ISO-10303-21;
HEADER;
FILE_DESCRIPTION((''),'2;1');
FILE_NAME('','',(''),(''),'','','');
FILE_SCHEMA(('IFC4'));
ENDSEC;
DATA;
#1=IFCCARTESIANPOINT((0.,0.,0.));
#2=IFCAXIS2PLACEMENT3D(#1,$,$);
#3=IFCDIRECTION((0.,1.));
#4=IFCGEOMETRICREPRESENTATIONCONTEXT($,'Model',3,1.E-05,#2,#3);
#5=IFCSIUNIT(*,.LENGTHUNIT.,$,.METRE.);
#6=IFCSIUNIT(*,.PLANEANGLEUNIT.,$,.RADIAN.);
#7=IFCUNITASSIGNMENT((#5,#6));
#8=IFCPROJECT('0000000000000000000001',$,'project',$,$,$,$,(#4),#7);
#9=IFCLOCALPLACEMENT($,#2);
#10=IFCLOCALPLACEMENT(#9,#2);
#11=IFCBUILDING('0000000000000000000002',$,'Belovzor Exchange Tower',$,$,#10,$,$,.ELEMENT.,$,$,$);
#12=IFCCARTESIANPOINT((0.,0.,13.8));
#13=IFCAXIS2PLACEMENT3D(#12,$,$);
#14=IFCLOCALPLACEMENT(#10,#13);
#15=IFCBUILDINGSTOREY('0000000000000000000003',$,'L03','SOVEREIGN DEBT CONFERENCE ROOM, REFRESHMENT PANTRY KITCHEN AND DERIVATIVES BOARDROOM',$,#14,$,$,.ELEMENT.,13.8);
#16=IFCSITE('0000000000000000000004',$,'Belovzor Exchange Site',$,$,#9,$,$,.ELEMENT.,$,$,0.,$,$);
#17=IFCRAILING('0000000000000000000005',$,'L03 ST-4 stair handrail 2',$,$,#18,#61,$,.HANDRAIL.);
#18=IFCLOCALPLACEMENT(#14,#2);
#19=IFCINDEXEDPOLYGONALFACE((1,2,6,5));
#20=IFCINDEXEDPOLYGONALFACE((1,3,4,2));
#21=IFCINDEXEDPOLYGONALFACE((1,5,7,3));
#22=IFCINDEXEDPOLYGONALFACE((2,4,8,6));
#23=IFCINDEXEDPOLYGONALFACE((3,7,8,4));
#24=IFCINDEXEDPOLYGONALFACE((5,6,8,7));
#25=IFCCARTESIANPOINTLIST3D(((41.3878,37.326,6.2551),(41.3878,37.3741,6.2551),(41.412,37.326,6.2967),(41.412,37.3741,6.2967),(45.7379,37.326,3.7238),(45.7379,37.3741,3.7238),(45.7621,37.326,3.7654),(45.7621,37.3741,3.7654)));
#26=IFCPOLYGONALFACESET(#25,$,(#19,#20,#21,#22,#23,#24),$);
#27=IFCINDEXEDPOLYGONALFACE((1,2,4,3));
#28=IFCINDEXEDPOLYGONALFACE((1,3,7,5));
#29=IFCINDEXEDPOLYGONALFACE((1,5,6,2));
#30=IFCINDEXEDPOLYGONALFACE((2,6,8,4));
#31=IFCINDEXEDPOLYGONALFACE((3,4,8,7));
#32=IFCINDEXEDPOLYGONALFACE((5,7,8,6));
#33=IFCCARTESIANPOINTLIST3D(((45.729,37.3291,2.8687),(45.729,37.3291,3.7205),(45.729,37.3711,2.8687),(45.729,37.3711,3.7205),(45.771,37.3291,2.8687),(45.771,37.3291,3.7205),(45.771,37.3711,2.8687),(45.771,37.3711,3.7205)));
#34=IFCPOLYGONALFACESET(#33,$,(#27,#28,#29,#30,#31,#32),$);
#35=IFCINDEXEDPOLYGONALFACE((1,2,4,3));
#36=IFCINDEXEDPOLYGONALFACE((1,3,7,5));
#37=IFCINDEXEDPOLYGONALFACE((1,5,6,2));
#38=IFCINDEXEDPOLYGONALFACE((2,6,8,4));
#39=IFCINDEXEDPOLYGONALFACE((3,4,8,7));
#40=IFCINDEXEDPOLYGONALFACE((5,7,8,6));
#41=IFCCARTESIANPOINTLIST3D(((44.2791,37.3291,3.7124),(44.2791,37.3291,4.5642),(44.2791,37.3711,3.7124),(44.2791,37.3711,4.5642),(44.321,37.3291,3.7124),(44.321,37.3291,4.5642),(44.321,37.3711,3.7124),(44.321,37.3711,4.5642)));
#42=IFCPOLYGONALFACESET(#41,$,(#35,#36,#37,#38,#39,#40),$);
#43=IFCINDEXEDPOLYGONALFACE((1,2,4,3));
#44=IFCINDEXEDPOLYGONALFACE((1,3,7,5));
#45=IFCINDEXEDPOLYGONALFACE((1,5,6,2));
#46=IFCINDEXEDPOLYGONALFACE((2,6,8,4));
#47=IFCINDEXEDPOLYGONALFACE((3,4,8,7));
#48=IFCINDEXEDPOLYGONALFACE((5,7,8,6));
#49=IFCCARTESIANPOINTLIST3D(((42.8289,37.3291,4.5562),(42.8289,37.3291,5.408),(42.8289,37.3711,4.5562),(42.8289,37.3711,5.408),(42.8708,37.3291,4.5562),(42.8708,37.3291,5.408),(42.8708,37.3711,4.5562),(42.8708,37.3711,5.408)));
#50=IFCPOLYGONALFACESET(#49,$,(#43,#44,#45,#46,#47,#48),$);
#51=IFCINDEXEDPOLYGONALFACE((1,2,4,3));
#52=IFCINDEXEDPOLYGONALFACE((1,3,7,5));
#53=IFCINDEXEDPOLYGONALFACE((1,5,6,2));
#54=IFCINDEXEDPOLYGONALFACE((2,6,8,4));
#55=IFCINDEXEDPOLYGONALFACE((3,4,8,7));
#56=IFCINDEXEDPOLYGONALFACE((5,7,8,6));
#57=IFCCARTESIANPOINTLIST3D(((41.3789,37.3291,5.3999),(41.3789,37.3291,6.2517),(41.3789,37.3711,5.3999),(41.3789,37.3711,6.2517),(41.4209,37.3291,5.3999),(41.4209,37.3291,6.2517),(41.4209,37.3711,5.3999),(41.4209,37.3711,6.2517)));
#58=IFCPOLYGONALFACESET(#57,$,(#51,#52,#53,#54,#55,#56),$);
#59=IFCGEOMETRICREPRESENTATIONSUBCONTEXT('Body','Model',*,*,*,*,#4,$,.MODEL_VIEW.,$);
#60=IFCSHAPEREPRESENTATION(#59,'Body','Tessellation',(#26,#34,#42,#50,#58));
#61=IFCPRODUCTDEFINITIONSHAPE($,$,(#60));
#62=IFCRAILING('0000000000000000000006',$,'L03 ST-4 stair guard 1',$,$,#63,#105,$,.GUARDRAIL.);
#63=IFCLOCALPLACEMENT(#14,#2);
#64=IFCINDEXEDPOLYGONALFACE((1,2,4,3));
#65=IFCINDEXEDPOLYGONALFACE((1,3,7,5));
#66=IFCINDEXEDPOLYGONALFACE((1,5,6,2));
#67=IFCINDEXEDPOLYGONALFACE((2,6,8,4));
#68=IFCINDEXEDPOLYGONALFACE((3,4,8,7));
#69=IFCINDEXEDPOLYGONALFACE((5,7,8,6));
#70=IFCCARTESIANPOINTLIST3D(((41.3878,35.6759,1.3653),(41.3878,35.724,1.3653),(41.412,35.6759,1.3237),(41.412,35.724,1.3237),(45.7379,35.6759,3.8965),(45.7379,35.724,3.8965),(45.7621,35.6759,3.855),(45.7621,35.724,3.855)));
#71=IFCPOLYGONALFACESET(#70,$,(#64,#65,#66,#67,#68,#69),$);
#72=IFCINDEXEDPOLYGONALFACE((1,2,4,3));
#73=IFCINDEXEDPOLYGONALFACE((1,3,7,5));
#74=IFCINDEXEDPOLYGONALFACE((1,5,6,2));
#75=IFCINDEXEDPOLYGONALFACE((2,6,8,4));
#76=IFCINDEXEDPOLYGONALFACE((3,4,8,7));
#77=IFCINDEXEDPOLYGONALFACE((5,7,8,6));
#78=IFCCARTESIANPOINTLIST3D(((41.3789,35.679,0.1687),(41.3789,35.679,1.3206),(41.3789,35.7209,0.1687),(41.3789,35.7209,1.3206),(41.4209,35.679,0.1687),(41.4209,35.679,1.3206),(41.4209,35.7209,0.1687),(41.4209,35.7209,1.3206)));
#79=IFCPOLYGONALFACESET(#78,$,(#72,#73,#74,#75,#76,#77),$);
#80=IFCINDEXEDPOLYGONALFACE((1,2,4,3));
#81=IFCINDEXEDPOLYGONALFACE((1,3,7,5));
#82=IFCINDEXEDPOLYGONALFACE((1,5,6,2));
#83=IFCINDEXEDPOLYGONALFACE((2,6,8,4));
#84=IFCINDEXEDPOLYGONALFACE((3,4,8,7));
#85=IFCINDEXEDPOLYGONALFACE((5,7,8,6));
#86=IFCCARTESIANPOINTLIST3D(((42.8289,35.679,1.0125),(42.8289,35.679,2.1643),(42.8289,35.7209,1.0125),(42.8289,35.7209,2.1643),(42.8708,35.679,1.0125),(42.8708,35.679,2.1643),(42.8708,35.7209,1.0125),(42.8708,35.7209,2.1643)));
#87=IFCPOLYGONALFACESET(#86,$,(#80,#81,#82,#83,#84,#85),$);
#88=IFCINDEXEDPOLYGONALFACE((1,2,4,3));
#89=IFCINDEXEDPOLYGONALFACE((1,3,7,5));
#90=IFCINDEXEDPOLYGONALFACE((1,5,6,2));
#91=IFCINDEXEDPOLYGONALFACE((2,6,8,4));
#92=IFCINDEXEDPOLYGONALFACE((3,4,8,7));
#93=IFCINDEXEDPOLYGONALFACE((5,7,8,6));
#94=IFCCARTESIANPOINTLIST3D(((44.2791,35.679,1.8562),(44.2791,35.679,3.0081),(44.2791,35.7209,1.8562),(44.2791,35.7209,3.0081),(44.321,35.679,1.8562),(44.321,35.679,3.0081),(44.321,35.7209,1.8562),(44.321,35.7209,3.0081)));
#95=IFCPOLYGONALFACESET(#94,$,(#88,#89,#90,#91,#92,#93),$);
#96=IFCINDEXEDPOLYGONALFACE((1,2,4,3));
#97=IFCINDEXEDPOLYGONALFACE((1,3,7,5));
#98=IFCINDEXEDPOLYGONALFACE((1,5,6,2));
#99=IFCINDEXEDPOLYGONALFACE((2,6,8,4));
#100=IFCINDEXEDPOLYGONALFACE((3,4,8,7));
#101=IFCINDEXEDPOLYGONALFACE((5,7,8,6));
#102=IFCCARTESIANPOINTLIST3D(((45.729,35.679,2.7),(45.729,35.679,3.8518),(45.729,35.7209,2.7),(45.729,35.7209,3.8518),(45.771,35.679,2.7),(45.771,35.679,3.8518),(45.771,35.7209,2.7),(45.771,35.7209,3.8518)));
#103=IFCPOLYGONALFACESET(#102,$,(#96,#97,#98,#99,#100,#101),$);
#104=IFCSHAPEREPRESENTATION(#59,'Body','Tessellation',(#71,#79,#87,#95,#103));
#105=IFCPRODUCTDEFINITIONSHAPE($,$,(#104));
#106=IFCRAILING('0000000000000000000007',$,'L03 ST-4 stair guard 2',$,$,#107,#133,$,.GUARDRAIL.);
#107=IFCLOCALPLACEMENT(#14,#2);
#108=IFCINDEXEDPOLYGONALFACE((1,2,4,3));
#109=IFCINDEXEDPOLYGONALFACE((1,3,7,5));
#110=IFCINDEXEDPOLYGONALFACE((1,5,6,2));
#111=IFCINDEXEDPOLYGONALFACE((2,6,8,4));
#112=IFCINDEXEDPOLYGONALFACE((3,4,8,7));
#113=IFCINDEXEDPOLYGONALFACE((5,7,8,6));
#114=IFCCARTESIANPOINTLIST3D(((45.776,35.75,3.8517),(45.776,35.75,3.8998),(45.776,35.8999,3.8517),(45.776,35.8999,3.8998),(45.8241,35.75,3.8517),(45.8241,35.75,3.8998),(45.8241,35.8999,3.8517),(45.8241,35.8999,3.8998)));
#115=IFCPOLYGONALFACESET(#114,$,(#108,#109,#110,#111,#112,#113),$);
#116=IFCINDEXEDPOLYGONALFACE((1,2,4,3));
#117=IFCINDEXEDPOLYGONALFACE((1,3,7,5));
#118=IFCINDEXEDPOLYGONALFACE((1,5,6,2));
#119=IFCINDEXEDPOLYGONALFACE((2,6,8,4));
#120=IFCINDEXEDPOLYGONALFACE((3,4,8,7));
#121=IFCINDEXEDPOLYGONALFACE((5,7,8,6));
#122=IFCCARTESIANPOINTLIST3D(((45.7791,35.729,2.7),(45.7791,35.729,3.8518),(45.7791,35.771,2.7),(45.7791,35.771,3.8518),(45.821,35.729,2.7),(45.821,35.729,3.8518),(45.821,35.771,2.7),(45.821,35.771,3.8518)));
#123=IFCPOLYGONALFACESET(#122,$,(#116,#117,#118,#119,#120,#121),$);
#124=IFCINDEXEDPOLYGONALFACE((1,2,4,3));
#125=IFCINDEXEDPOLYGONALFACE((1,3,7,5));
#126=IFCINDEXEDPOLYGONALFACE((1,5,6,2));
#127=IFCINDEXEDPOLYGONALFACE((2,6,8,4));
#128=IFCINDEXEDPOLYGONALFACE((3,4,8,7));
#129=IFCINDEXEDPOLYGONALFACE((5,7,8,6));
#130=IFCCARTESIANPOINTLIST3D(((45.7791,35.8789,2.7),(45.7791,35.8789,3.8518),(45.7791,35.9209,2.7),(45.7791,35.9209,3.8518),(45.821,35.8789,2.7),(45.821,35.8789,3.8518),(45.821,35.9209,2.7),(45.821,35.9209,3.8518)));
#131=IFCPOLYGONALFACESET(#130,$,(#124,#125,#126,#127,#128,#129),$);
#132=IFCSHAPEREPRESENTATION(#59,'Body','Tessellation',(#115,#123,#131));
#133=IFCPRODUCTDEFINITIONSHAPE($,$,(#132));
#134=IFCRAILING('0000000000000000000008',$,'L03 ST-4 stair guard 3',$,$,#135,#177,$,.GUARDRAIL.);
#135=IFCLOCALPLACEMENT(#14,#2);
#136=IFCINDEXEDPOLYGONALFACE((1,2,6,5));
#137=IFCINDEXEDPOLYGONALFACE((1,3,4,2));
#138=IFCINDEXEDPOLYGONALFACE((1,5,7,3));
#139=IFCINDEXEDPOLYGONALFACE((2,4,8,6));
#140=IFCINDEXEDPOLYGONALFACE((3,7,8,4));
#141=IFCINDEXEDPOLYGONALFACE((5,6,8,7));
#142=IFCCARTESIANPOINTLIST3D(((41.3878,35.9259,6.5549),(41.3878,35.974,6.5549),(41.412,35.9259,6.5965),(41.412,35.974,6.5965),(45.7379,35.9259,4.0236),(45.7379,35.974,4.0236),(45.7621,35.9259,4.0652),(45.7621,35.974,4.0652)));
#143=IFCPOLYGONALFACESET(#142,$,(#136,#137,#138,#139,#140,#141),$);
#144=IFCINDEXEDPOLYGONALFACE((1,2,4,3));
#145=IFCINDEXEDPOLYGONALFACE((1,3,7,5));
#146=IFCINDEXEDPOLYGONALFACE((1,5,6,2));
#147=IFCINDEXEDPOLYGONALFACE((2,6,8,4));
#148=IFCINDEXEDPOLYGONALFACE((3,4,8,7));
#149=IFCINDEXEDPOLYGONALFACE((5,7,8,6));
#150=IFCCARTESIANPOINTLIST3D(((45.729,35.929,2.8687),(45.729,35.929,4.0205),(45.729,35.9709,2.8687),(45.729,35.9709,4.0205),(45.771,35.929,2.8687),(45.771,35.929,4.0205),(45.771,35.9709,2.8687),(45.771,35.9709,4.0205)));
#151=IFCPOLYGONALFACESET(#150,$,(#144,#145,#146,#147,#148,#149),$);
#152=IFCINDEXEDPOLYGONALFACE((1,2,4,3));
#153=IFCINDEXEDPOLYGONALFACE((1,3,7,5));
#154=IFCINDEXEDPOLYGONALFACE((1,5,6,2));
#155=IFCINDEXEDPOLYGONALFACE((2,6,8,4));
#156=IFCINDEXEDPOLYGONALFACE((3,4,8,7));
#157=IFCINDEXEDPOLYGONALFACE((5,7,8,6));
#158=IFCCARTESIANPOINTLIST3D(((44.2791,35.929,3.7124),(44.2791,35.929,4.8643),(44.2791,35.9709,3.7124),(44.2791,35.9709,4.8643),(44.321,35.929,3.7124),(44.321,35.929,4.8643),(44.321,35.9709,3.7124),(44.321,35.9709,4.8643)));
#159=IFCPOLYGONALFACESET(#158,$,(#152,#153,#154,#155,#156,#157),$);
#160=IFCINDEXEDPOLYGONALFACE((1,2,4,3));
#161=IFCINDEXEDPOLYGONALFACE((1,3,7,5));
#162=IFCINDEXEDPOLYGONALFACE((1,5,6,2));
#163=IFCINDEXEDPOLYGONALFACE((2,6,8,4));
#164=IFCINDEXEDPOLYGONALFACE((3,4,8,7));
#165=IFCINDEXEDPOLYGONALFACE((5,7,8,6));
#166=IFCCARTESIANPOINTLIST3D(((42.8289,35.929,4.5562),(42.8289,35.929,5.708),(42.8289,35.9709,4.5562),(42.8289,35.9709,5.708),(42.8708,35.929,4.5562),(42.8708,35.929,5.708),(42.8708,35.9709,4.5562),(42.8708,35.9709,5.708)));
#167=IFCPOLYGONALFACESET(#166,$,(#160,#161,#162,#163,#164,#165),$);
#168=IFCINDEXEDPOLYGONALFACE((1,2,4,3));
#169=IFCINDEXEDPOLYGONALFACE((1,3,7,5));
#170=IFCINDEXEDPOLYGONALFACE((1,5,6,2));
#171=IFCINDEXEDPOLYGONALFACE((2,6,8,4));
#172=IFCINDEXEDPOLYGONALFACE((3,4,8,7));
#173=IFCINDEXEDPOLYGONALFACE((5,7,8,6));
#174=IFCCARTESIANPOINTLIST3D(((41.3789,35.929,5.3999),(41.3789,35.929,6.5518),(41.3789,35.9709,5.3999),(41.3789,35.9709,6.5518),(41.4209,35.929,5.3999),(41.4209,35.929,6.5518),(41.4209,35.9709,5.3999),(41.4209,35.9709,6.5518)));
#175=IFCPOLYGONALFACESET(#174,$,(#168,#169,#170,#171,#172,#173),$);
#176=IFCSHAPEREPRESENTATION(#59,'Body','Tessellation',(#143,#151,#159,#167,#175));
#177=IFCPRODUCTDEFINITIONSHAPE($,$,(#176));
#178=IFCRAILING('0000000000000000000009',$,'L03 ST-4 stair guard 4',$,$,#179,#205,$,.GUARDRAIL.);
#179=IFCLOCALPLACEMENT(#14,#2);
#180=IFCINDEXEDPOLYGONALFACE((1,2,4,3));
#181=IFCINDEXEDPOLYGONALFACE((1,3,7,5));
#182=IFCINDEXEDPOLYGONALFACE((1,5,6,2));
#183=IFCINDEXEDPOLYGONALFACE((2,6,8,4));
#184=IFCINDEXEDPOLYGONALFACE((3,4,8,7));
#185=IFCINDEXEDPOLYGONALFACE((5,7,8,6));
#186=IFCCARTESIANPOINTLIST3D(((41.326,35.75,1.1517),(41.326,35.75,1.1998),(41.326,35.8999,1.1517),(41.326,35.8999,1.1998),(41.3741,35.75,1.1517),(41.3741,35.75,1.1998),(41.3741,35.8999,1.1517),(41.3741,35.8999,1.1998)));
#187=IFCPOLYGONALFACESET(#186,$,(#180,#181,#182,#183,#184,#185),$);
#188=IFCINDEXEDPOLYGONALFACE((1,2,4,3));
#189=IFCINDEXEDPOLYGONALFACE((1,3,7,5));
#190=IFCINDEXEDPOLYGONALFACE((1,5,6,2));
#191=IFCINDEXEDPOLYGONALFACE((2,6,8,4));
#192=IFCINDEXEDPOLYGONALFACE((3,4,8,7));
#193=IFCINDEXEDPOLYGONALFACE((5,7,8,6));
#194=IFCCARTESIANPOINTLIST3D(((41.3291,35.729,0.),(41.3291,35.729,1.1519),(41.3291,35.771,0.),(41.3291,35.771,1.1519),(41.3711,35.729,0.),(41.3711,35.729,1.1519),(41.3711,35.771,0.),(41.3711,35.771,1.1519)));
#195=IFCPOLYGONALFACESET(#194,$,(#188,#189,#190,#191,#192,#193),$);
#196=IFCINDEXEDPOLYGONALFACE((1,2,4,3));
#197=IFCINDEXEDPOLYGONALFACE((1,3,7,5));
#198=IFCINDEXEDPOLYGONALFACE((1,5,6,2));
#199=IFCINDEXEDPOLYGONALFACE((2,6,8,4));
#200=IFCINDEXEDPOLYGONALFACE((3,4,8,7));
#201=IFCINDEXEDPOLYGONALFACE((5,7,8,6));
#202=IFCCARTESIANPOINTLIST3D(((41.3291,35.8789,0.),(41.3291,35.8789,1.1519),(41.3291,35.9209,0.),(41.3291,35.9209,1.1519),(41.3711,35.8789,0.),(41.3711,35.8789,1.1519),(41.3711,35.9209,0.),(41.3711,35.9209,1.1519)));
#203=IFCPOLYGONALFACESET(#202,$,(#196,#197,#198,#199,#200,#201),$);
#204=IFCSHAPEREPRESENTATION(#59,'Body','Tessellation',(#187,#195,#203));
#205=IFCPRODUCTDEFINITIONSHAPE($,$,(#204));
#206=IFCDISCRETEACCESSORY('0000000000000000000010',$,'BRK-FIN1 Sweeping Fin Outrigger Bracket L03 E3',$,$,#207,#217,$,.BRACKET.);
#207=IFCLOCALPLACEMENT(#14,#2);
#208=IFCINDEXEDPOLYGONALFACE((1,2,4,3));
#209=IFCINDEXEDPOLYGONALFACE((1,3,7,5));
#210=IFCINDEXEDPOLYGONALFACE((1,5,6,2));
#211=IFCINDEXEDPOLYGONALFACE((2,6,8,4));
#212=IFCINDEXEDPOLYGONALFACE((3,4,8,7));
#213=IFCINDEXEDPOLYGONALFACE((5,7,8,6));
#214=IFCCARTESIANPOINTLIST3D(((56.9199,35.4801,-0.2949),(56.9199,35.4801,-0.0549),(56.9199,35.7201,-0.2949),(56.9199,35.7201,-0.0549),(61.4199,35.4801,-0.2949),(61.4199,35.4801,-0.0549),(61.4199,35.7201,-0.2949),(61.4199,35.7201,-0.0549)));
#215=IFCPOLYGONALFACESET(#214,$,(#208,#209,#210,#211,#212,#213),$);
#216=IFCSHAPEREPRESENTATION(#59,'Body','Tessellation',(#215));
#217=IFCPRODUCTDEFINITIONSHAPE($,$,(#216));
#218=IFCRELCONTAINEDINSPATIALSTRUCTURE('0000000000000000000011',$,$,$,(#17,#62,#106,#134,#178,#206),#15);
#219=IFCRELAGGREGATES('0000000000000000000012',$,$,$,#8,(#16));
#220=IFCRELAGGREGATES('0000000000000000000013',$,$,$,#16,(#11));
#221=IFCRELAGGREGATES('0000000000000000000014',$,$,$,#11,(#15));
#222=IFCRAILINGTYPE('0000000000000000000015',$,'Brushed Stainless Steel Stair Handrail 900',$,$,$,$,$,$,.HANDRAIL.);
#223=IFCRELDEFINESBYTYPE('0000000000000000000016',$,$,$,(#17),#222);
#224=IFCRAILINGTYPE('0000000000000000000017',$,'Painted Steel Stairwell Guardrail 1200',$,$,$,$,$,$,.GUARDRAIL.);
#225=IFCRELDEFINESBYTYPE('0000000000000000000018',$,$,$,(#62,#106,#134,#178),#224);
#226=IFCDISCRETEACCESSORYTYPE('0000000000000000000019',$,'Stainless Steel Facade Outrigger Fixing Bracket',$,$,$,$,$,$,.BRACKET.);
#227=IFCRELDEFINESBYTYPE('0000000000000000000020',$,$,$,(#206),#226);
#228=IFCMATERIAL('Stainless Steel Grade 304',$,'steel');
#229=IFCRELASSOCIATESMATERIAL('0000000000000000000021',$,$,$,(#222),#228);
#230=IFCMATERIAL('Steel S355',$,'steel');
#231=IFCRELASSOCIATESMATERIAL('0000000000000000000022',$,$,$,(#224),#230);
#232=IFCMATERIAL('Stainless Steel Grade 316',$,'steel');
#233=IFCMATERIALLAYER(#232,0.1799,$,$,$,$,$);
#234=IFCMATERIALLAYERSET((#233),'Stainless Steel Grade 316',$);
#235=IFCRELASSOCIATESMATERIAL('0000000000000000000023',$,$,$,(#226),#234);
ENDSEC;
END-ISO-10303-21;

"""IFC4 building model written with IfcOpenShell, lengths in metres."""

from ifc_helpers import new_model, si_unit, direction, frame, origin, origin_2d, place, context, subcontext, project, spatial, rectangle, extrude, material, layer, layer_set, type_object, element, save


model = new_model("IFC4")

# Units and contexts
model_context = context("Model", 3, precision=1e-05, world=origin(), true_north=direction((0.0, 1.0)))
body_context = subcontext(model_context, "Body", "Model", "MODEL_VIEW")
ifc_project = project(units=[si_unit("LENGTHUNIT", "METRE"), si_unit("PLANEANGLEUNIT", "RADIAN")], contexts=[model_context])

# Site, building, storey
site_placement = place(None, origin())
site = spatial("IfcSite", under=ifc_project, at=site_placement, Name="Belovzor Exchange Site", CompositionType="ELEMENT", RefElevation=0.0)
building_placement = place(site_placement, origin())
building = spatial("IfcBuilding", under=site, at=building_placement, Name="Belovzor Exchange Tower", CompositionType="ELEMENT")
storey_placement = place(building_placement, frame((0.0, 0.0, 13.8)))
storey = spatial("IfcBuildingStorey", under=building, at=storey_placement, Name="L03", Description="SOVEREIGN DEBT CONFERENCE ROOM, REFRESHMENT PANTRY KITCHEN AND DERIVATIVES BOARDROOM", CompositionType="ELEMENT", Elevation=13.8)

# Railings
ifc_material_1 = material(Name="Stainless Steel Grade 304", Category="steel")
railing_type_1 = type_object("IfcRailingType", Name="Brushed Stainless Steel Stair Handrail 900", PredefinedType="HANDRAIL", material=ifc_material_1)
railing_1_placement = place(storey_placement, frame((45.75, 37.3501, 2.8687)))
element("IfcRailing", 1, at=railing_1_placement, inside=storey, type_object=railing_type_1, Name="L03 ST-4 stair handrail 2", PredefinedType="HANDRAIL", context=body_context, shape_type="SweptSolid", body=[
    extrude(rectangle(XDim=0.0481, YDim=0.0481, at=origin_2d()), frame((0.0, 0.0, 0.876), z_axis=(-0.864324, 0.0, 0.502936), x_axis=(0.0, -1.0, 0.0)), (0.0, 0.0, 1.0), 5.033),
    extrude(rectangle(XDim=0.042, YDim=0.042, at=origin_2d()), origin(), (0.0, 0.0, 1.0), 0.8518),
    extrude(rectangle(XDim=0.042, YDim=0.042, at=origin_2d()), frame((-1.45, 0.0, 0.8438)), (0.0, 0.0, 1.0), 0.8518),
    extrude(rectangle(XDim=0.042, YDim=0.042, at=origin_2d()), frame((-2.9001, 0.0, 1.6875)), (0.0, 0.0, 1.0), 0.8518),
    extrude(rectangle(XDim=0.042, YDim=0.042, at=origin_2d()), frame((-4.3501, 0.0, 2.5312)), (0.0, 0.0, 1.0), 0.8518),
])
ifc_material_2 = material(Name="Steel S355", Category="steel")
railing_type_2 = type_object("IfcRailingType", Name="Painted Steel Stairwell Guardrail 1200", PredefinedType="GUARDRAIL", material=ifc_material_2)
railing_2_placement = place(storey_placement, frame((41.3999, 35.7, 0.1687)))
element("IfcRailing", 2, at=railing_2_placement, inside=storey, type_object=railing_type_2, Name="L03 ST-4 stair guard 1", PredefinedType="GUARDRAIL", context=body_context, shape_type="SweptSolid", body=[
    extrude(rectangle(XDim=0.0481, YDim=0.0481, at=origin_2d()), frame((0.0, 0.0, 1.1758), z_axis=(0.864324, 0.0, 0.502936), x_axis=(0.0, 1.0, 0.0)), (0.0, 0.0, 1.0), 5.033),
    extrude(rectangle(XDim=0.042, YDim=0.042, at=origin_2d()), origin(), (0.0, 0.0, 1.0), 1.1519),
    extrude(rectangle(XDim=0.042, YDim=0.042, at=origin_2d()), frame((1.45, 0.0, 0.8438)), (0.0, 0.0, 1.0), 1.1519),
    extrude(rectangle(XDim=0.042, YDim=0.042, at=origin_2d()), frame((2.9001, 0.0, 1.6875)), (0.0, 0.0, 1.0), 1.1519),
    extrude(rectangle(XDim=0.042, YDim=0.042, at=origin_2d()), frame((4.3501, 0.0, 2.5312)), (0.0, 0.0, 1.0), 1.1519),
])
railing_3_placement = place(storey_placement, frame((45.8, 35.75, 2.7)))
element("IfcRailing", 3, at=railing_3_placement, inside=storey, type_object=railing_type_2, Name="L03 ST-4 stair guard 2", PredefinedType="GUARDRAIL", context=body_context, shape_type="SweptSolid", body=[
    extrude(rectangle(XDim=0.0481, YDim=0.0481, at=origin_2d()), frame((0.0, 0.0, 1.1758), z_axis=(0.0, 1.0, 0.0), x_axis=(-1.0, 0.0, 0.0)), (0.0, 0.0, 1.0), 0.1499),
    extrude(rectangle(XDim=0.042, YDim=0.042, at=origin_2d()), origin(), (0.0, 0.0, 1.0), 1.1519),
    extrude(rectangle(XDim=0.042, YDim=0.042, at=origin_2d()), frame((0.0, 0.1499, 0.0)), (0.0, 0.0, 1.0), 1.1519),
])
railing_4_placement = place(storey_placement, frame((45.75, 35.95, 2.8687)))
element("IfcRailing", 4, at=railing_4_placement, inside=storey, type_object=railing_type_2, Name="L03 ST-4 stair guard 3", PredefinedType="GUARDRAIL", context=body_context, shape_type="SweptSolid", body=[
    extrude(rectangle(XDim=0.0481, YDim=0.0481, at=origin_2d()), frame((0.0, 0.0, 1.1758), z_axis=(-0.864324, 0.0, 0.502936), x_axis=(0.0, -1.0, 0.0)), (0.0, 0.0, 1.0), 5.033),
    extrude(rectangle(XDim=0.042, YDim=0.042, at=origin_2d()), origin(), (0.0, 0.0, 1.0), 1.1519),
    extrude(rectangle(XDim=0.042, YDim=0.042, at=origin_2d()), frame((-1.45, 0.0, 0.8438)), (0.0, 0.0, 1.0), 1.1519),
    extrude(rectangle(XDim=0.042, YDim=0.042, at=origin_2d()), frame((-2.9001, 0.0, 1.6875)), (0.0, 0.0, 1.0), 1.1519),
    extrude(rectangle(XDim=0.042, YDim=0.042, at=origin_2d()), frame((-4.3501, 0.0, 2.5312)), (0.0, 0.0, 1.0), 1.1519),
])
railing_5_placement = place(storey_placement, frame((41.3501, 35.75, 0.0)))
element("IfcRailing", 5, at=railing_5_placement, inside=storey, type_object=railing_type_2, Name="L03 ST-4 stair guard 4", PredefinedType="GUARDRAIL", context=body_context, shape_type="SweptSolid", body=[
    extrude(rectangle(XDim=0.0481, YDim=0.0481, at=origin_2d()), frame((0.0, 0.0, 1.1758), z_axis=(0.0, 1.0, 0.0), x_axis=(-1.0, 0.0, 0.0)), (0.0, 0.0, 1.0), 0.1499),
    extrude(rectangle(XDim=0.042, YDim=0.042, at=origin_2d()), origin(), (0.0, 0.0, 1.0), 1.1519),
    extrude(rectangle(XDim=0.042, YDim=0.042, at=origin_2d()), frame((0.0, 0.1499, 0.0)), (0.0, 0.0, 1.0), 1.1519),
])

# Discrete accessory
ifc_material_3 = material(Name="Stainless Steel Grade 316", Category="steel")
ifc_layer_1 = layer(ifc_material_3, 0.1799)
ifc_layer_set_1 = layer_set([ifc_layer_1], Name="Stainless Steel Grade 316")
discrete_accessory_type = type_object("IfcDiscreteAccessoryType", Name="Stainless Steel Facade Outrigger Fixing Bracket", PredefinedType="BRACKET", material=ifc_layer_set_1)
discrete_accessory_placement = place(storey_placement, frame((59.1699, 35.6001, -0.2949), z_axis=(0.0, 0.0, 1.0), x_axis=(1.0, 0.0, 0.0)))
element("IfcDiscreteAccessory", 6, at=discrete_accessory_placement, inside=storey, type_object=discrete_accessory_type, Name="BRK-FIN1 Sweeping Fin Outrigger Bracket L03 E3", PredefinedType="BRACKET", context=body_context, shape_type="SweptSolid", body=[
    extrude(rectangle(XDim=4.5, YDim=0.24, at=origin_2d()), origin(), (0.0, 0.0, 1.0), 0.24),
])

save(model, "model.ifc")
